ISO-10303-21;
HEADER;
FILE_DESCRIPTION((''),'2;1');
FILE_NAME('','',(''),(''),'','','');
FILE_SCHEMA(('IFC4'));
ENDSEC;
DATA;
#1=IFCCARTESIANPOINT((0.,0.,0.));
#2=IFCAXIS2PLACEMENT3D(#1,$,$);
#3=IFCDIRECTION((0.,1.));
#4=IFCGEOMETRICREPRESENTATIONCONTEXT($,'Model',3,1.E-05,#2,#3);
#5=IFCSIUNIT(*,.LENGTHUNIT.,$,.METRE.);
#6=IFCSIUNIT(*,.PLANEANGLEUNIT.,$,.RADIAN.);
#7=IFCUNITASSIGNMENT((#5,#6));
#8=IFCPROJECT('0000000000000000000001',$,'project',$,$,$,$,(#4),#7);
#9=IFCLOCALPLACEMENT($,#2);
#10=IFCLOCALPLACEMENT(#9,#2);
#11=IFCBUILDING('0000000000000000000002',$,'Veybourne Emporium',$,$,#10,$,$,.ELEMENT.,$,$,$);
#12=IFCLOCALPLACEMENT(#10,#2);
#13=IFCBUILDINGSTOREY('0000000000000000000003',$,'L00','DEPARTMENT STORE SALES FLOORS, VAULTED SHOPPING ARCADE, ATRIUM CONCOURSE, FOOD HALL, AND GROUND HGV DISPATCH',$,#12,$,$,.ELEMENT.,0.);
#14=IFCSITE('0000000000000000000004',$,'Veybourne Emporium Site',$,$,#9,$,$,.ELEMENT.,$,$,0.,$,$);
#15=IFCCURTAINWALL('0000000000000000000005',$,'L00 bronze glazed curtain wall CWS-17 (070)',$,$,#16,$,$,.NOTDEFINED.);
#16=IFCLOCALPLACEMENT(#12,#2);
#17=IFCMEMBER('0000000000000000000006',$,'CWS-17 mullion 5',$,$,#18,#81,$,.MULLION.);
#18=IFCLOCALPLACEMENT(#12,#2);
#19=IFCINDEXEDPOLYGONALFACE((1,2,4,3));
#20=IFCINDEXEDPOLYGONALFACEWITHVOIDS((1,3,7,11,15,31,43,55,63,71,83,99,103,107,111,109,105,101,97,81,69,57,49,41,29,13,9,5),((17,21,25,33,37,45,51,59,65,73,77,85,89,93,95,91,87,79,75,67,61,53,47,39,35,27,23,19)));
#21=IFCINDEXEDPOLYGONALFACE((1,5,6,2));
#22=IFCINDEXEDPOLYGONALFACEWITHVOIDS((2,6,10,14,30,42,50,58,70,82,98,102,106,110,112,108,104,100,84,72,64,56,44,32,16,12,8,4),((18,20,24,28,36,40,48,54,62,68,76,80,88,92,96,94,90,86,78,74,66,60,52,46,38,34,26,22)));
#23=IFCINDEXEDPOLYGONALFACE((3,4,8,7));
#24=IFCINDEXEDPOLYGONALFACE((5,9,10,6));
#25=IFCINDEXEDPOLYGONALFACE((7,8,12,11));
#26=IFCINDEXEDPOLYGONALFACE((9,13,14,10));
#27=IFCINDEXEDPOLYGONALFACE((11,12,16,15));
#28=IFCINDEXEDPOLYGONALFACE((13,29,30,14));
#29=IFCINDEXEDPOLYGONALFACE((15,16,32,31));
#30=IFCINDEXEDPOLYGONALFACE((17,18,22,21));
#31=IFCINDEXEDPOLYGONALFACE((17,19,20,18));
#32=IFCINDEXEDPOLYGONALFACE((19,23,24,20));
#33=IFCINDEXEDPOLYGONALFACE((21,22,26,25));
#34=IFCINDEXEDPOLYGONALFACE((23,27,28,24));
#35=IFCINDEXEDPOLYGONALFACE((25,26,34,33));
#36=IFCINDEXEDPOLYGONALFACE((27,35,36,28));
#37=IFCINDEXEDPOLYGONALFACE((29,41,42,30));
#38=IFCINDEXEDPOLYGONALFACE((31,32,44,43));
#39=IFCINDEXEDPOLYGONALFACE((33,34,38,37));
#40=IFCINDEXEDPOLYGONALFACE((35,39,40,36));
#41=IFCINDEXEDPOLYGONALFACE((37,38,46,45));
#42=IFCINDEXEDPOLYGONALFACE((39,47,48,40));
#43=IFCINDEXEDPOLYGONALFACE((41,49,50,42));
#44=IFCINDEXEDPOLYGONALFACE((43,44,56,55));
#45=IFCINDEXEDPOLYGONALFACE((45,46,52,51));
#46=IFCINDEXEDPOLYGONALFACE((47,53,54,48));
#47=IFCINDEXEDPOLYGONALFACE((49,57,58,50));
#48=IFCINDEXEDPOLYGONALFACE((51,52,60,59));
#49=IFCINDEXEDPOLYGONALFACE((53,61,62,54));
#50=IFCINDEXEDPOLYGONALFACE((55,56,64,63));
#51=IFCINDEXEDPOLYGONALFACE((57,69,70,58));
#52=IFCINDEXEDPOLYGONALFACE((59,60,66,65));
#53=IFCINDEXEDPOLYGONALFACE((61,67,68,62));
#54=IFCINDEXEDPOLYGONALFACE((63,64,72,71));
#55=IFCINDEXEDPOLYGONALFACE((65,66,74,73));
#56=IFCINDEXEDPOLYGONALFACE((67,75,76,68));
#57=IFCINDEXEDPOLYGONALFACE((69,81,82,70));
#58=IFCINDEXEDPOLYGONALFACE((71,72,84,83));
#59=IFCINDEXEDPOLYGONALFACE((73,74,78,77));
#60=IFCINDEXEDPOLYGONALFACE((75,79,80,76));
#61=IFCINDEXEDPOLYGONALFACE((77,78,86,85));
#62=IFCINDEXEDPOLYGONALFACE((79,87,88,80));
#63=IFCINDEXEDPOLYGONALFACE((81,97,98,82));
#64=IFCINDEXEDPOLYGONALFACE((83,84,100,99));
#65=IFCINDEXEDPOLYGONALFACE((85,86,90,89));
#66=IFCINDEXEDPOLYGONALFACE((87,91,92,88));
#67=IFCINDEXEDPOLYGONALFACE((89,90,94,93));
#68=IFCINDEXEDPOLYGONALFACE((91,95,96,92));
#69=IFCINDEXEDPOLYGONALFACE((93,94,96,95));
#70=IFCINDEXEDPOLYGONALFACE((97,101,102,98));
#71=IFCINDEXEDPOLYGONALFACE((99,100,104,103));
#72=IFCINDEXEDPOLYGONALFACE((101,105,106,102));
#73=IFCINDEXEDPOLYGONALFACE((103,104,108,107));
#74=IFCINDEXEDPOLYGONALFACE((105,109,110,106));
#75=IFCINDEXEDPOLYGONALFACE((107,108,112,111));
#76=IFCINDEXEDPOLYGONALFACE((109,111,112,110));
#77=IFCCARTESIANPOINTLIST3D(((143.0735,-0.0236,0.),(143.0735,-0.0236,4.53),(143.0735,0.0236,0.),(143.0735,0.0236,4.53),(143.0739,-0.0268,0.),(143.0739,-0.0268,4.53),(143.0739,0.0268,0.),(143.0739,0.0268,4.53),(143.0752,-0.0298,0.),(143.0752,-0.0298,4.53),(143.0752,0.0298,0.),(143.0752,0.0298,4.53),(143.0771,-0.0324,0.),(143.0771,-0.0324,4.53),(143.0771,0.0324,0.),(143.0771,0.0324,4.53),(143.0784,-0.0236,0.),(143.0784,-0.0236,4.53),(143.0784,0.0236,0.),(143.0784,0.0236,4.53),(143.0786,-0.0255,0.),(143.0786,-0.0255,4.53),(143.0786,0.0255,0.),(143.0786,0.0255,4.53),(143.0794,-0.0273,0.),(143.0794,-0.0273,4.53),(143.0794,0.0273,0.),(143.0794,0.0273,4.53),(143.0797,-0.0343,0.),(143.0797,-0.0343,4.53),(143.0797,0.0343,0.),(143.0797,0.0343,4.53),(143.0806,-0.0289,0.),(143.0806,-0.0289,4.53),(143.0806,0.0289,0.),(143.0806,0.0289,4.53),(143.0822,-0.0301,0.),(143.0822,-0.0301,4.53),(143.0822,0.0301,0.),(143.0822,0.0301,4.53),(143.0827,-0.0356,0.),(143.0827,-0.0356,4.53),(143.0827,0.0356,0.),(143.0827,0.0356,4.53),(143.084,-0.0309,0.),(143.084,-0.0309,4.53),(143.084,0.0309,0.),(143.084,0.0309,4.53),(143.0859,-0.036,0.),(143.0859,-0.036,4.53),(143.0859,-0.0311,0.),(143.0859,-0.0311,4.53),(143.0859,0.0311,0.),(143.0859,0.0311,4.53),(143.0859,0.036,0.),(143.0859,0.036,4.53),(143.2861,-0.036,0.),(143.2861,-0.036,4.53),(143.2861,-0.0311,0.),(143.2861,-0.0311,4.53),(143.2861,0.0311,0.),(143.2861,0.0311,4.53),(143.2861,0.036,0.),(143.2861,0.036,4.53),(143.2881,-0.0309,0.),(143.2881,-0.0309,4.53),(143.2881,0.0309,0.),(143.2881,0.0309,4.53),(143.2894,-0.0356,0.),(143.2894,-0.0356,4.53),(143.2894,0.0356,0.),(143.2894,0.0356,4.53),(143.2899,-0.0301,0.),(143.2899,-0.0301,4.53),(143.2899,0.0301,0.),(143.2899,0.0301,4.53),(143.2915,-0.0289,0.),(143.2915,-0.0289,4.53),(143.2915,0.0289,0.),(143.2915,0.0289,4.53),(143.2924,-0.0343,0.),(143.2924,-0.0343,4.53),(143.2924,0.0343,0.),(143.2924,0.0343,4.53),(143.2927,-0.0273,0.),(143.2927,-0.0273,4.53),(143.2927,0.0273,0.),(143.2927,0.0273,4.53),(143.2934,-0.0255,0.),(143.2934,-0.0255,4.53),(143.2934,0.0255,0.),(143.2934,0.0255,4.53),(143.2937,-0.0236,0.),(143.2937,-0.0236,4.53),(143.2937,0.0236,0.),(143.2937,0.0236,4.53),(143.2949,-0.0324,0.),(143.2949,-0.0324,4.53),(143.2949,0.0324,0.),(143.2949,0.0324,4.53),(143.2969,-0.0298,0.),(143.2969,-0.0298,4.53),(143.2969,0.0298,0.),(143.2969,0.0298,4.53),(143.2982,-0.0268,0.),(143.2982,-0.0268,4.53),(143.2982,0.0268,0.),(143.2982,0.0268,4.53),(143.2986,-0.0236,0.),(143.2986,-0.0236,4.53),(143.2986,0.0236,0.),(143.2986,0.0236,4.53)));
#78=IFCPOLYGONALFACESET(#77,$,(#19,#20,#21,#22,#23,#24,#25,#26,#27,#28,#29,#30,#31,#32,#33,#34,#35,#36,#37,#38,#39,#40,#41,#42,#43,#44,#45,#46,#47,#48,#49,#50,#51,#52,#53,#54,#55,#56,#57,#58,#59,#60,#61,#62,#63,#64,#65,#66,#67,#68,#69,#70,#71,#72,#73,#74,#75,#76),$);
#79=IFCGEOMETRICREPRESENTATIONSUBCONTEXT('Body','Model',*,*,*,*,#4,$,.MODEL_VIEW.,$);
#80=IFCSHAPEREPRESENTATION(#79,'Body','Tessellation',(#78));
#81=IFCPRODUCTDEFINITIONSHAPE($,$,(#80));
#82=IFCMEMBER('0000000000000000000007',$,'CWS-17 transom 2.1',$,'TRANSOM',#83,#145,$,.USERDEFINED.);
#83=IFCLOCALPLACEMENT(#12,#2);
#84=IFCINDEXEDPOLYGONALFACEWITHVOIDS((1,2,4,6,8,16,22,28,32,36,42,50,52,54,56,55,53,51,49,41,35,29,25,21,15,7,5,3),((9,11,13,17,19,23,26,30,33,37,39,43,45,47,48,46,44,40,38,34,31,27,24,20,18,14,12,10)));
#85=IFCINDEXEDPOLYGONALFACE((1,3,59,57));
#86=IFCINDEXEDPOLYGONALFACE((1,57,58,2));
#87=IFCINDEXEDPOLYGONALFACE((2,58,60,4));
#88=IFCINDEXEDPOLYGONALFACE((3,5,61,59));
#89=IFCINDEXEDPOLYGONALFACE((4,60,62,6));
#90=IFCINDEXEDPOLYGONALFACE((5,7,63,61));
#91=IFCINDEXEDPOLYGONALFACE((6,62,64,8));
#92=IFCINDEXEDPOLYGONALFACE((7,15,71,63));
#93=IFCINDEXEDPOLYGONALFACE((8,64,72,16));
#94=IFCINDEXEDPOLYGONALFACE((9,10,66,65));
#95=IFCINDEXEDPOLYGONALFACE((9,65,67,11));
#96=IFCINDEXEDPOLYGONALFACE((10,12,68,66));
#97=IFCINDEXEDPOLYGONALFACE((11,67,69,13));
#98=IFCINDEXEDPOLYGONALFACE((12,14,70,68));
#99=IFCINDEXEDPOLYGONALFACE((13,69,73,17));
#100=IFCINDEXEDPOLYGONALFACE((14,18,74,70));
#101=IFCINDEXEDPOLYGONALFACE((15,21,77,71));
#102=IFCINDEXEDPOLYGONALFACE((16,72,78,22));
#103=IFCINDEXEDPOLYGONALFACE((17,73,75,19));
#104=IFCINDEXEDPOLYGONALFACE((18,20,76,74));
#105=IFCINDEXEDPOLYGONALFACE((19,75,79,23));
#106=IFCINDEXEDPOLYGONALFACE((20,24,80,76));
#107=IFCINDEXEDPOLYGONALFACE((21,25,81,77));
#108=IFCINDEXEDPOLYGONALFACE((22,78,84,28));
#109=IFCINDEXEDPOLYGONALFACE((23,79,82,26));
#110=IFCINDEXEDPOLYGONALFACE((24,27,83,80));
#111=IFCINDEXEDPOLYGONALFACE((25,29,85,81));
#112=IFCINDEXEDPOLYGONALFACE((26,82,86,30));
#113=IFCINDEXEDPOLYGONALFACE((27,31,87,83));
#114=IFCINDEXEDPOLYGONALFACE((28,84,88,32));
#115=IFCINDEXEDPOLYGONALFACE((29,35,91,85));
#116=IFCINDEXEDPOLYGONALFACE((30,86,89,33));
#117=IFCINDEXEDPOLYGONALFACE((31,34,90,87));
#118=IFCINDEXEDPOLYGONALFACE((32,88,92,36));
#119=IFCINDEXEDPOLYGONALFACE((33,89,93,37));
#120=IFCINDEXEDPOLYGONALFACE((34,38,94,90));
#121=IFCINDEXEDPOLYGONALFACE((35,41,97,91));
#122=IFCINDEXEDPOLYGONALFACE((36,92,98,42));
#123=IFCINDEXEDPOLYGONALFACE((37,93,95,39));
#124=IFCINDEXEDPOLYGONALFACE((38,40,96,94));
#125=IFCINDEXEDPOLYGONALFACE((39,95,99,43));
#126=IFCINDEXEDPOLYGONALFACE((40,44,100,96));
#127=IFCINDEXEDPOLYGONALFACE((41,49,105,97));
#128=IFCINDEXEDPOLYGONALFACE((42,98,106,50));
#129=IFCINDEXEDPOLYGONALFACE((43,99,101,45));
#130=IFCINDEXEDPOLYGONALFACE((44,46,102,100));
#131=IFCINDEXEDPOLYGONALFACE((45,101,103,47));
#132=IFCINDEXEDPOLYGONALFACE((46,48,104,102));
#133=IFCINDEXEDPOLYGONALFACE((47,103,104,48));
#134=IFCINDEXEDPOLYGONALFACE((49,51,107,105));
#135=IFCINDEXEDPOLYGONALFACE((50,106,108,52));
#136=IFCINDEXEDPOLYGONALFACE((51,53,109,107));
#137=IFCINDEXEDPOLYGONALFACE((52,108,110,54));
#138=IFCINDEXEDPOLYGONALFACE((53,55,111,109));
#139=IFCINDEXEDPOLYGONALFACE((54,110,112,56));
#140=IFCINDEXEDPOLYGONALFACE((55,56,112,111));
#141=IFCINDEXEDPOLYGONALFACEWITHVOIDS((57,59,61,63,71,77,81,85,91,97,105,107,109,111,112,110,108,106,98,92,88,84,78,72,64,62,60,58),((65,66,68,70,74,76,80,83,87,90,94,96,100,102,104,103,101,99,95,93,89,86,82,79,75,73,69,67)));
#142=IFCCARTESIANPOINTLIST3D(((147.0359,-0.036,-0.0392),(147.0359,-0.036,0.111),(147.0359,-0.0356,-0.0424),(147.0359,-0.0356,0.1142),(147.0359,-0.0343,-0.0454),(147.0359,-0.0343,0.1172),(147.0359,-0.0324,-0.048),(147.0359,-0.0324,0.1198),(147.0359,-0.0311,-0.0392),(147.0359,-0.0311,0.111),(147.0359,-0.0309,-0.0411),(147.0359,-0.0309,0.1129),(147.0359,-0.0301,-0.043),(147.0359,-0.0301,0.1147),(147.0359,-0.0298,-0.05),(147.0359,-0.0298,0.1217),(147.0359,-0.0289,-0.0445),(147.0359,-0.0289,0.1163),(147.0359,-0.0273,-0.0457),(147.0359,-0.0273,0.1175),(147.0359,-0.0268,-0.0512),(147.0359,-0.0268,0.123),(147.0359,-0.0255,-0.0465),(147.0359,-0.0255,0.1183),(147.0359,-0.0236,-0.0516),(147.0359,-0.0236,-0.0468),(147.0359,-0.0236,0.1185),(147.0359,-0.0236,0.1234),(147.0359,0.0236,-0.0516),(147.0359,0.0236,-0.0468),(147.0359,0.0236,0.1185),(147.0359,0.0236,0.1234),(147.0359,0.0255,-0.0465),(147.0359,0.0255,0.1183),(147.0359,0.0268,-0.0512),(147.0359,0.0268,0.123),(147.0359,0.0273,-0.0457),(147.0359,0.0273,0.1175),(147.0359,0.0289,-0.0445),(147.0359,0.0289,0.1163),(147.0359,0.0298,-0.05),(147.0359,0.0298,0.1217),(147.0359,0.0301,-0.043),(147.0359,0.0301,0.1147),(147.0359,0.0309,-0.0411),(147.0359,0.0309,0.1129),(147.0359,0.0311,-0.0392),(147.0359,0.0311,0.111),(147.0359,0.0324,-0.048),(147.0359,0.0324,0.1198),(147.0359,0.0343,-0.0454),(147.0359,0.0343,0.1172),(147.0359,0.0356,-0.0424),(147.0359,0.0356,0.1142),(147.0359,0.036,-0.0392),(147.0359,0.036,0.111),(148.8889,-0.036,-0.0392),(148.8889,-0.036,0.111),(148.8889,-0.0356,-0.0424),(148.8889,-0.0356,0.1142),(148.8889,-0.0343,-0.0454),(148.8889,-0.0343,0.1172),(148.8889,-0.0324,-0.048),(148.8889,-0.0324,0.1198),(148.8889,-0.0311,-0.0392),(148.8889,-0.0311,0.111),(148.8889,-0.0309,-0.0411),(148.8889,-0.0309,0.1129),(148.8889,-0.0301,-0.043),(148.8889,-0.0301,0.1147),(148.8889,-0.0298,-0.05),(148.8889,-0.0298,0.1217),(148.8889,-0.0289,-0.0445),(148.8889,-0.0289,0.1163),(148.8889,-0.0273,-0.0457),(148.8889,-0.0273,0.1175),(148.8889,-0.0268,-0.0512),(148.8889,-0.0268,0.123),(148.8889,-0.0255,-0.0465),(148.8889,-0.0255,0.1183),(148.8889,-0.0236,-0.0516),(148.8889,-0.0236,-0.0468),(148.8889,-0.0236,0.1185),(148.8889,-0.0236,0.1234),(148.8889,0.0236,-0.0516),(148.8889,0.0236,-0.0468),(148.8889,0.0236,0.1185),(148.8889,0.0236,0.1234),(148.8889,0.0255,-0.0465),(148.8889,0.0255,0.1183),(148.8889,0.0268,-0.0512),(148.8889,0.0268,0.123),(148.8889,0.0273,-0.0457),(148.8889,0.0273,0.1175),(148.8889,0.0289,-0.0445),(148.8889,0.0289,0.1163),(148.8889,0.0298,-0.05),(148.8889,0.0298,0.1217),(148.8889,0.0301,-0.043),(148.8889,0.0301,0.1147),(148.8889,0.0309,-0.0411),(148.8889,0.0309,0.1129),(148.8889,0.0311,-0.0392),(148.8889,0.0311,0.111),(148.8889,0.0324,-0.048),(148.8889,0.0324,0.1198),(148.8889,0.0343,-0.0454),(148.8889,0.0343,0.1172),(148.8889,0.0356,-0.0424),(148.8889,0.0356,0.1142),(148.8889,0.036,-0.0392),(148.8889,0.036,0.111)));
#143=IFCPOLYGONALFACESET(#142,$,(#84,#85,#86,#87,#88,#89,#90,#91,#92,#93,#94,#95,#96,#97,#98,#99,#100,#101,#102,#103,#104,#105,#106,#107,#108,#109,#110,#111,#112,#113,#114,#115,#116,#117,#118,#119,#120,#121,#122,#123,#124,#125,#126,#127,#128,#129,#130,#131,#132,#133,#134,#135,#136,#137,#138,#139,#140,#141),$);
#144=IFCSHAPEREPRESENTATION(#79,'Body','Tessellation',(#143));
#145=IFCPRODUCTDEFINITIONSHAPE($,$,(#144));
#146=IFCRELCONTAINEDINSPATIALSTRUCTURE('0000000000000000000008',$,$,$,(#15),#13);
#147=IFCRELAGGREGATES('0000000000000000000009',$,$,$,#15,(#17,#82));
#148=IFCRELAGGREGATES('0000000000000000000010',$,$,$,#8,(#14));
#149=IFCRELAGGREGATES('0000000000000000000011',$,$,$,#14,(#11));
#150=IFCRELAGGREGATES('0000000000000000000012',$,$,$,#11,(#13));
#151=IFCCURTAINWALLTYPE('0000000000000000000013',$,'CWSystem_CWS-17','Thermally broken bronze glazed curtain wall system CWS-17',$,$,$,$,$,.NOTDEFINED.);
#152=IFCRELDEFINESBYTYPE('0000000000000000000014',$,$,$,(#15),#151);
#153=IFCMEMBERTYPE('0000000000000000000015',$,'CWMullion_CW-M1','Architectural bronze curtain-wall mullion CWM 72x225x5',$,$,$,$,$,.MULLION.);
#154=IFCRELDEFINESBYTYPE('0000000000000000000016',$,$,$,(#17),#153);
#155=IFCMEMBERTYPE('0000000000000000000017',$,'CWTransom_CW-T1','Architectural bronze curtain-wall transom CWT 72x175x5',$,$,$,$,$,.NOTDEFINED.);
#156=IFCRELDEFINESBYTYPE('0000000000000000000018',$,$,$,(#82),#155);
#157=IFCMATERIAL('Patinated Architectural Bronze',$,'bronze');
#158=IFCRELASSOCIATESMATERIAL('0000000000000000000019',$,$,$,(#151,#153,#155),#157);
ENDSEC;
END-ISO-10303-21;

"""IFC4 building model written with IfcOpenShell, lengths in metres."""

from ifc_helpers import new_model, si_unit, direction, frame, origin, origin_2d, place, context, subcontext, project, spatial, hollow_rectangle, extrude, material, material_profile, profile_set, type_object, element, aggregate, save


model = new_model("IFC4")

# Units and contexts
model_context = context("Model", 3, precision=1e-05, world=origin(), true_north=direction((0.0, 1.0)))
body_context = subcontext(model_context, "Body", "Model", "MODEL_VIEW")
ifc_project = project(units=[si_unit("LENGTHUNIT", "METRE"), si_unit("PLANEANGLEUNIT", "RADIAN")], contexts=[model_context])

# Site, building, storey
site_placement = place(None, origin())
site = spatial("IfcSite", under=ifc_project, at=site_placement, Name="Veybourne Emporium Site", CompositionType="ELEMENT", RefElevation=0.0)
building_placement = place(site_placement, origin())
building = spatial("IfcBuilding", under=site, at=building_placement, Name="Veybourne Emporium", CompositionType="ELEMENT")
storey_placement = place(building_placement, origin())
storey = spatial("IfcBuildingStorey", under=building, at=storey_placement, Name="L00", Description="DEPARTMENT STORE SALES FLOORS, VAULTED SHOPPING ARCADE, ATRIUM CONCOURSE, FOOD HALL, AND GROUND HGV DISPATCH", CompositionType="ELEMENT", Elevation=0.0)

# Curtain wall, members
ifc_material_1 = material(Name="Patinated Architectural Bronze", Category="bronze")
curtain_wall_type = type_object("IfcCurtainWallType", Name="CWSystem_CWS-17", Description="Thermally broken bronze glazed curtain wall system CWS-17", PredefinedType="NOTDEFINED", material=ifc_material_1)
curtain_wall_placement = place(storey_placement, origin())
curtain_wall = element("IfcCurtainWall", 1, at=curtain_wall_placement, inside=storey, type_object=curtain_wall_type, Name="L00 bronze glazed curtain wall CWS-17 (070)", PredefinedType="NOTDEFINED")
ifc_material_profile_1 = material_profile(ifc_material_1, hollow_rectangle(XDim=0.072, YDim=0.2251, WallThickness=0.0049, InnerFilletRadius=0.0076, OuterFilletRadius=0.0125, at=origin_2d()), Name="CWM 72x225x5")
ifc_profile_set_1 = profile_set([ifc_material_profile_1], Name="Patinated Architectural Bronze")
member_type_1 = type_object("IfcMemberType", Name="CWMullion_CW-M1", Description="Architectural bronze curtain-wall mullion CWM 72x225x5", PredefinedType="MULLION", material=ifc_profile_set_1)
member_1_placement = place(storey_placement, frame((143.186, 0.0, 0.0), z_axis=(0.0, 0.0, 1.0), x_axis=(0.0, -1.0, 0.0)))
member_1 = element("IfcMember", 2, at=member_1_placement, type_object=member_type_1, Name="CWS-17 mullion 5", PredefinedType="MULLION", context=body_context, shape_type="SweptSolid", body=[
    extrude(hollow_rectangle(XDim=0.072, YDim=0.2251, WallThickness=0.0049, InnerFilletRadius=0.0076, OuterFilletRadius=0.0125, at=origin_2d()), origin(), (0.0, 0.0, 1.0), 4.53),
])
ifc_material_profile_2 = material_profile(ifc_material_1, hollow_rectangle(XDim=0.072, YDim=0.175, WallThickness=0.0049, InnerFilletRadius=0.0076, OuterFilletRadius=0.0125, at=origin_2d()), Name="CWT 72x175x5")
ifc_profile_set_2 = profile_set([ifc_material_profile_2], Name="Patinated Architectural Bronze")
member_type_2 = type_object("IfcMemberType", Name="CWTransom_CW-T1", Description="Architectural bronze curtain-wall transom CWT 72x175x5", PredefinedType="NOTDEFINED", material=ifc_profile_set_2)
member_2_placement = place(storey_placement, frame((148.8889, 0.0, 0.0359), z_axis=(-1.0, 0.0, 0.0), x_axis=(0.0, -1.0, 0.0)))
member_2 = element("IfcMember", 3, at=member_2_placement, type_object=member_type_2, Name="CWS-17 transom 2.1", ObjectType="TRANSOM", PredefinedType="USERDEFINED", context=body_context, shape_type="SweptSolid", body=[
    extrude(hollow_rectangle(XDim=0.072, YDim=0.175, WallThickness=0.0049, InnerFilletRadius=0.0076, OuterFilletRadius=0.0125, at=origin_2d()), origin(), (0.0, 0.0, 1.0), 1.853),
])

aggregate(curtain_wall, [member_1, member_2])

save(model, "model.ifc")
